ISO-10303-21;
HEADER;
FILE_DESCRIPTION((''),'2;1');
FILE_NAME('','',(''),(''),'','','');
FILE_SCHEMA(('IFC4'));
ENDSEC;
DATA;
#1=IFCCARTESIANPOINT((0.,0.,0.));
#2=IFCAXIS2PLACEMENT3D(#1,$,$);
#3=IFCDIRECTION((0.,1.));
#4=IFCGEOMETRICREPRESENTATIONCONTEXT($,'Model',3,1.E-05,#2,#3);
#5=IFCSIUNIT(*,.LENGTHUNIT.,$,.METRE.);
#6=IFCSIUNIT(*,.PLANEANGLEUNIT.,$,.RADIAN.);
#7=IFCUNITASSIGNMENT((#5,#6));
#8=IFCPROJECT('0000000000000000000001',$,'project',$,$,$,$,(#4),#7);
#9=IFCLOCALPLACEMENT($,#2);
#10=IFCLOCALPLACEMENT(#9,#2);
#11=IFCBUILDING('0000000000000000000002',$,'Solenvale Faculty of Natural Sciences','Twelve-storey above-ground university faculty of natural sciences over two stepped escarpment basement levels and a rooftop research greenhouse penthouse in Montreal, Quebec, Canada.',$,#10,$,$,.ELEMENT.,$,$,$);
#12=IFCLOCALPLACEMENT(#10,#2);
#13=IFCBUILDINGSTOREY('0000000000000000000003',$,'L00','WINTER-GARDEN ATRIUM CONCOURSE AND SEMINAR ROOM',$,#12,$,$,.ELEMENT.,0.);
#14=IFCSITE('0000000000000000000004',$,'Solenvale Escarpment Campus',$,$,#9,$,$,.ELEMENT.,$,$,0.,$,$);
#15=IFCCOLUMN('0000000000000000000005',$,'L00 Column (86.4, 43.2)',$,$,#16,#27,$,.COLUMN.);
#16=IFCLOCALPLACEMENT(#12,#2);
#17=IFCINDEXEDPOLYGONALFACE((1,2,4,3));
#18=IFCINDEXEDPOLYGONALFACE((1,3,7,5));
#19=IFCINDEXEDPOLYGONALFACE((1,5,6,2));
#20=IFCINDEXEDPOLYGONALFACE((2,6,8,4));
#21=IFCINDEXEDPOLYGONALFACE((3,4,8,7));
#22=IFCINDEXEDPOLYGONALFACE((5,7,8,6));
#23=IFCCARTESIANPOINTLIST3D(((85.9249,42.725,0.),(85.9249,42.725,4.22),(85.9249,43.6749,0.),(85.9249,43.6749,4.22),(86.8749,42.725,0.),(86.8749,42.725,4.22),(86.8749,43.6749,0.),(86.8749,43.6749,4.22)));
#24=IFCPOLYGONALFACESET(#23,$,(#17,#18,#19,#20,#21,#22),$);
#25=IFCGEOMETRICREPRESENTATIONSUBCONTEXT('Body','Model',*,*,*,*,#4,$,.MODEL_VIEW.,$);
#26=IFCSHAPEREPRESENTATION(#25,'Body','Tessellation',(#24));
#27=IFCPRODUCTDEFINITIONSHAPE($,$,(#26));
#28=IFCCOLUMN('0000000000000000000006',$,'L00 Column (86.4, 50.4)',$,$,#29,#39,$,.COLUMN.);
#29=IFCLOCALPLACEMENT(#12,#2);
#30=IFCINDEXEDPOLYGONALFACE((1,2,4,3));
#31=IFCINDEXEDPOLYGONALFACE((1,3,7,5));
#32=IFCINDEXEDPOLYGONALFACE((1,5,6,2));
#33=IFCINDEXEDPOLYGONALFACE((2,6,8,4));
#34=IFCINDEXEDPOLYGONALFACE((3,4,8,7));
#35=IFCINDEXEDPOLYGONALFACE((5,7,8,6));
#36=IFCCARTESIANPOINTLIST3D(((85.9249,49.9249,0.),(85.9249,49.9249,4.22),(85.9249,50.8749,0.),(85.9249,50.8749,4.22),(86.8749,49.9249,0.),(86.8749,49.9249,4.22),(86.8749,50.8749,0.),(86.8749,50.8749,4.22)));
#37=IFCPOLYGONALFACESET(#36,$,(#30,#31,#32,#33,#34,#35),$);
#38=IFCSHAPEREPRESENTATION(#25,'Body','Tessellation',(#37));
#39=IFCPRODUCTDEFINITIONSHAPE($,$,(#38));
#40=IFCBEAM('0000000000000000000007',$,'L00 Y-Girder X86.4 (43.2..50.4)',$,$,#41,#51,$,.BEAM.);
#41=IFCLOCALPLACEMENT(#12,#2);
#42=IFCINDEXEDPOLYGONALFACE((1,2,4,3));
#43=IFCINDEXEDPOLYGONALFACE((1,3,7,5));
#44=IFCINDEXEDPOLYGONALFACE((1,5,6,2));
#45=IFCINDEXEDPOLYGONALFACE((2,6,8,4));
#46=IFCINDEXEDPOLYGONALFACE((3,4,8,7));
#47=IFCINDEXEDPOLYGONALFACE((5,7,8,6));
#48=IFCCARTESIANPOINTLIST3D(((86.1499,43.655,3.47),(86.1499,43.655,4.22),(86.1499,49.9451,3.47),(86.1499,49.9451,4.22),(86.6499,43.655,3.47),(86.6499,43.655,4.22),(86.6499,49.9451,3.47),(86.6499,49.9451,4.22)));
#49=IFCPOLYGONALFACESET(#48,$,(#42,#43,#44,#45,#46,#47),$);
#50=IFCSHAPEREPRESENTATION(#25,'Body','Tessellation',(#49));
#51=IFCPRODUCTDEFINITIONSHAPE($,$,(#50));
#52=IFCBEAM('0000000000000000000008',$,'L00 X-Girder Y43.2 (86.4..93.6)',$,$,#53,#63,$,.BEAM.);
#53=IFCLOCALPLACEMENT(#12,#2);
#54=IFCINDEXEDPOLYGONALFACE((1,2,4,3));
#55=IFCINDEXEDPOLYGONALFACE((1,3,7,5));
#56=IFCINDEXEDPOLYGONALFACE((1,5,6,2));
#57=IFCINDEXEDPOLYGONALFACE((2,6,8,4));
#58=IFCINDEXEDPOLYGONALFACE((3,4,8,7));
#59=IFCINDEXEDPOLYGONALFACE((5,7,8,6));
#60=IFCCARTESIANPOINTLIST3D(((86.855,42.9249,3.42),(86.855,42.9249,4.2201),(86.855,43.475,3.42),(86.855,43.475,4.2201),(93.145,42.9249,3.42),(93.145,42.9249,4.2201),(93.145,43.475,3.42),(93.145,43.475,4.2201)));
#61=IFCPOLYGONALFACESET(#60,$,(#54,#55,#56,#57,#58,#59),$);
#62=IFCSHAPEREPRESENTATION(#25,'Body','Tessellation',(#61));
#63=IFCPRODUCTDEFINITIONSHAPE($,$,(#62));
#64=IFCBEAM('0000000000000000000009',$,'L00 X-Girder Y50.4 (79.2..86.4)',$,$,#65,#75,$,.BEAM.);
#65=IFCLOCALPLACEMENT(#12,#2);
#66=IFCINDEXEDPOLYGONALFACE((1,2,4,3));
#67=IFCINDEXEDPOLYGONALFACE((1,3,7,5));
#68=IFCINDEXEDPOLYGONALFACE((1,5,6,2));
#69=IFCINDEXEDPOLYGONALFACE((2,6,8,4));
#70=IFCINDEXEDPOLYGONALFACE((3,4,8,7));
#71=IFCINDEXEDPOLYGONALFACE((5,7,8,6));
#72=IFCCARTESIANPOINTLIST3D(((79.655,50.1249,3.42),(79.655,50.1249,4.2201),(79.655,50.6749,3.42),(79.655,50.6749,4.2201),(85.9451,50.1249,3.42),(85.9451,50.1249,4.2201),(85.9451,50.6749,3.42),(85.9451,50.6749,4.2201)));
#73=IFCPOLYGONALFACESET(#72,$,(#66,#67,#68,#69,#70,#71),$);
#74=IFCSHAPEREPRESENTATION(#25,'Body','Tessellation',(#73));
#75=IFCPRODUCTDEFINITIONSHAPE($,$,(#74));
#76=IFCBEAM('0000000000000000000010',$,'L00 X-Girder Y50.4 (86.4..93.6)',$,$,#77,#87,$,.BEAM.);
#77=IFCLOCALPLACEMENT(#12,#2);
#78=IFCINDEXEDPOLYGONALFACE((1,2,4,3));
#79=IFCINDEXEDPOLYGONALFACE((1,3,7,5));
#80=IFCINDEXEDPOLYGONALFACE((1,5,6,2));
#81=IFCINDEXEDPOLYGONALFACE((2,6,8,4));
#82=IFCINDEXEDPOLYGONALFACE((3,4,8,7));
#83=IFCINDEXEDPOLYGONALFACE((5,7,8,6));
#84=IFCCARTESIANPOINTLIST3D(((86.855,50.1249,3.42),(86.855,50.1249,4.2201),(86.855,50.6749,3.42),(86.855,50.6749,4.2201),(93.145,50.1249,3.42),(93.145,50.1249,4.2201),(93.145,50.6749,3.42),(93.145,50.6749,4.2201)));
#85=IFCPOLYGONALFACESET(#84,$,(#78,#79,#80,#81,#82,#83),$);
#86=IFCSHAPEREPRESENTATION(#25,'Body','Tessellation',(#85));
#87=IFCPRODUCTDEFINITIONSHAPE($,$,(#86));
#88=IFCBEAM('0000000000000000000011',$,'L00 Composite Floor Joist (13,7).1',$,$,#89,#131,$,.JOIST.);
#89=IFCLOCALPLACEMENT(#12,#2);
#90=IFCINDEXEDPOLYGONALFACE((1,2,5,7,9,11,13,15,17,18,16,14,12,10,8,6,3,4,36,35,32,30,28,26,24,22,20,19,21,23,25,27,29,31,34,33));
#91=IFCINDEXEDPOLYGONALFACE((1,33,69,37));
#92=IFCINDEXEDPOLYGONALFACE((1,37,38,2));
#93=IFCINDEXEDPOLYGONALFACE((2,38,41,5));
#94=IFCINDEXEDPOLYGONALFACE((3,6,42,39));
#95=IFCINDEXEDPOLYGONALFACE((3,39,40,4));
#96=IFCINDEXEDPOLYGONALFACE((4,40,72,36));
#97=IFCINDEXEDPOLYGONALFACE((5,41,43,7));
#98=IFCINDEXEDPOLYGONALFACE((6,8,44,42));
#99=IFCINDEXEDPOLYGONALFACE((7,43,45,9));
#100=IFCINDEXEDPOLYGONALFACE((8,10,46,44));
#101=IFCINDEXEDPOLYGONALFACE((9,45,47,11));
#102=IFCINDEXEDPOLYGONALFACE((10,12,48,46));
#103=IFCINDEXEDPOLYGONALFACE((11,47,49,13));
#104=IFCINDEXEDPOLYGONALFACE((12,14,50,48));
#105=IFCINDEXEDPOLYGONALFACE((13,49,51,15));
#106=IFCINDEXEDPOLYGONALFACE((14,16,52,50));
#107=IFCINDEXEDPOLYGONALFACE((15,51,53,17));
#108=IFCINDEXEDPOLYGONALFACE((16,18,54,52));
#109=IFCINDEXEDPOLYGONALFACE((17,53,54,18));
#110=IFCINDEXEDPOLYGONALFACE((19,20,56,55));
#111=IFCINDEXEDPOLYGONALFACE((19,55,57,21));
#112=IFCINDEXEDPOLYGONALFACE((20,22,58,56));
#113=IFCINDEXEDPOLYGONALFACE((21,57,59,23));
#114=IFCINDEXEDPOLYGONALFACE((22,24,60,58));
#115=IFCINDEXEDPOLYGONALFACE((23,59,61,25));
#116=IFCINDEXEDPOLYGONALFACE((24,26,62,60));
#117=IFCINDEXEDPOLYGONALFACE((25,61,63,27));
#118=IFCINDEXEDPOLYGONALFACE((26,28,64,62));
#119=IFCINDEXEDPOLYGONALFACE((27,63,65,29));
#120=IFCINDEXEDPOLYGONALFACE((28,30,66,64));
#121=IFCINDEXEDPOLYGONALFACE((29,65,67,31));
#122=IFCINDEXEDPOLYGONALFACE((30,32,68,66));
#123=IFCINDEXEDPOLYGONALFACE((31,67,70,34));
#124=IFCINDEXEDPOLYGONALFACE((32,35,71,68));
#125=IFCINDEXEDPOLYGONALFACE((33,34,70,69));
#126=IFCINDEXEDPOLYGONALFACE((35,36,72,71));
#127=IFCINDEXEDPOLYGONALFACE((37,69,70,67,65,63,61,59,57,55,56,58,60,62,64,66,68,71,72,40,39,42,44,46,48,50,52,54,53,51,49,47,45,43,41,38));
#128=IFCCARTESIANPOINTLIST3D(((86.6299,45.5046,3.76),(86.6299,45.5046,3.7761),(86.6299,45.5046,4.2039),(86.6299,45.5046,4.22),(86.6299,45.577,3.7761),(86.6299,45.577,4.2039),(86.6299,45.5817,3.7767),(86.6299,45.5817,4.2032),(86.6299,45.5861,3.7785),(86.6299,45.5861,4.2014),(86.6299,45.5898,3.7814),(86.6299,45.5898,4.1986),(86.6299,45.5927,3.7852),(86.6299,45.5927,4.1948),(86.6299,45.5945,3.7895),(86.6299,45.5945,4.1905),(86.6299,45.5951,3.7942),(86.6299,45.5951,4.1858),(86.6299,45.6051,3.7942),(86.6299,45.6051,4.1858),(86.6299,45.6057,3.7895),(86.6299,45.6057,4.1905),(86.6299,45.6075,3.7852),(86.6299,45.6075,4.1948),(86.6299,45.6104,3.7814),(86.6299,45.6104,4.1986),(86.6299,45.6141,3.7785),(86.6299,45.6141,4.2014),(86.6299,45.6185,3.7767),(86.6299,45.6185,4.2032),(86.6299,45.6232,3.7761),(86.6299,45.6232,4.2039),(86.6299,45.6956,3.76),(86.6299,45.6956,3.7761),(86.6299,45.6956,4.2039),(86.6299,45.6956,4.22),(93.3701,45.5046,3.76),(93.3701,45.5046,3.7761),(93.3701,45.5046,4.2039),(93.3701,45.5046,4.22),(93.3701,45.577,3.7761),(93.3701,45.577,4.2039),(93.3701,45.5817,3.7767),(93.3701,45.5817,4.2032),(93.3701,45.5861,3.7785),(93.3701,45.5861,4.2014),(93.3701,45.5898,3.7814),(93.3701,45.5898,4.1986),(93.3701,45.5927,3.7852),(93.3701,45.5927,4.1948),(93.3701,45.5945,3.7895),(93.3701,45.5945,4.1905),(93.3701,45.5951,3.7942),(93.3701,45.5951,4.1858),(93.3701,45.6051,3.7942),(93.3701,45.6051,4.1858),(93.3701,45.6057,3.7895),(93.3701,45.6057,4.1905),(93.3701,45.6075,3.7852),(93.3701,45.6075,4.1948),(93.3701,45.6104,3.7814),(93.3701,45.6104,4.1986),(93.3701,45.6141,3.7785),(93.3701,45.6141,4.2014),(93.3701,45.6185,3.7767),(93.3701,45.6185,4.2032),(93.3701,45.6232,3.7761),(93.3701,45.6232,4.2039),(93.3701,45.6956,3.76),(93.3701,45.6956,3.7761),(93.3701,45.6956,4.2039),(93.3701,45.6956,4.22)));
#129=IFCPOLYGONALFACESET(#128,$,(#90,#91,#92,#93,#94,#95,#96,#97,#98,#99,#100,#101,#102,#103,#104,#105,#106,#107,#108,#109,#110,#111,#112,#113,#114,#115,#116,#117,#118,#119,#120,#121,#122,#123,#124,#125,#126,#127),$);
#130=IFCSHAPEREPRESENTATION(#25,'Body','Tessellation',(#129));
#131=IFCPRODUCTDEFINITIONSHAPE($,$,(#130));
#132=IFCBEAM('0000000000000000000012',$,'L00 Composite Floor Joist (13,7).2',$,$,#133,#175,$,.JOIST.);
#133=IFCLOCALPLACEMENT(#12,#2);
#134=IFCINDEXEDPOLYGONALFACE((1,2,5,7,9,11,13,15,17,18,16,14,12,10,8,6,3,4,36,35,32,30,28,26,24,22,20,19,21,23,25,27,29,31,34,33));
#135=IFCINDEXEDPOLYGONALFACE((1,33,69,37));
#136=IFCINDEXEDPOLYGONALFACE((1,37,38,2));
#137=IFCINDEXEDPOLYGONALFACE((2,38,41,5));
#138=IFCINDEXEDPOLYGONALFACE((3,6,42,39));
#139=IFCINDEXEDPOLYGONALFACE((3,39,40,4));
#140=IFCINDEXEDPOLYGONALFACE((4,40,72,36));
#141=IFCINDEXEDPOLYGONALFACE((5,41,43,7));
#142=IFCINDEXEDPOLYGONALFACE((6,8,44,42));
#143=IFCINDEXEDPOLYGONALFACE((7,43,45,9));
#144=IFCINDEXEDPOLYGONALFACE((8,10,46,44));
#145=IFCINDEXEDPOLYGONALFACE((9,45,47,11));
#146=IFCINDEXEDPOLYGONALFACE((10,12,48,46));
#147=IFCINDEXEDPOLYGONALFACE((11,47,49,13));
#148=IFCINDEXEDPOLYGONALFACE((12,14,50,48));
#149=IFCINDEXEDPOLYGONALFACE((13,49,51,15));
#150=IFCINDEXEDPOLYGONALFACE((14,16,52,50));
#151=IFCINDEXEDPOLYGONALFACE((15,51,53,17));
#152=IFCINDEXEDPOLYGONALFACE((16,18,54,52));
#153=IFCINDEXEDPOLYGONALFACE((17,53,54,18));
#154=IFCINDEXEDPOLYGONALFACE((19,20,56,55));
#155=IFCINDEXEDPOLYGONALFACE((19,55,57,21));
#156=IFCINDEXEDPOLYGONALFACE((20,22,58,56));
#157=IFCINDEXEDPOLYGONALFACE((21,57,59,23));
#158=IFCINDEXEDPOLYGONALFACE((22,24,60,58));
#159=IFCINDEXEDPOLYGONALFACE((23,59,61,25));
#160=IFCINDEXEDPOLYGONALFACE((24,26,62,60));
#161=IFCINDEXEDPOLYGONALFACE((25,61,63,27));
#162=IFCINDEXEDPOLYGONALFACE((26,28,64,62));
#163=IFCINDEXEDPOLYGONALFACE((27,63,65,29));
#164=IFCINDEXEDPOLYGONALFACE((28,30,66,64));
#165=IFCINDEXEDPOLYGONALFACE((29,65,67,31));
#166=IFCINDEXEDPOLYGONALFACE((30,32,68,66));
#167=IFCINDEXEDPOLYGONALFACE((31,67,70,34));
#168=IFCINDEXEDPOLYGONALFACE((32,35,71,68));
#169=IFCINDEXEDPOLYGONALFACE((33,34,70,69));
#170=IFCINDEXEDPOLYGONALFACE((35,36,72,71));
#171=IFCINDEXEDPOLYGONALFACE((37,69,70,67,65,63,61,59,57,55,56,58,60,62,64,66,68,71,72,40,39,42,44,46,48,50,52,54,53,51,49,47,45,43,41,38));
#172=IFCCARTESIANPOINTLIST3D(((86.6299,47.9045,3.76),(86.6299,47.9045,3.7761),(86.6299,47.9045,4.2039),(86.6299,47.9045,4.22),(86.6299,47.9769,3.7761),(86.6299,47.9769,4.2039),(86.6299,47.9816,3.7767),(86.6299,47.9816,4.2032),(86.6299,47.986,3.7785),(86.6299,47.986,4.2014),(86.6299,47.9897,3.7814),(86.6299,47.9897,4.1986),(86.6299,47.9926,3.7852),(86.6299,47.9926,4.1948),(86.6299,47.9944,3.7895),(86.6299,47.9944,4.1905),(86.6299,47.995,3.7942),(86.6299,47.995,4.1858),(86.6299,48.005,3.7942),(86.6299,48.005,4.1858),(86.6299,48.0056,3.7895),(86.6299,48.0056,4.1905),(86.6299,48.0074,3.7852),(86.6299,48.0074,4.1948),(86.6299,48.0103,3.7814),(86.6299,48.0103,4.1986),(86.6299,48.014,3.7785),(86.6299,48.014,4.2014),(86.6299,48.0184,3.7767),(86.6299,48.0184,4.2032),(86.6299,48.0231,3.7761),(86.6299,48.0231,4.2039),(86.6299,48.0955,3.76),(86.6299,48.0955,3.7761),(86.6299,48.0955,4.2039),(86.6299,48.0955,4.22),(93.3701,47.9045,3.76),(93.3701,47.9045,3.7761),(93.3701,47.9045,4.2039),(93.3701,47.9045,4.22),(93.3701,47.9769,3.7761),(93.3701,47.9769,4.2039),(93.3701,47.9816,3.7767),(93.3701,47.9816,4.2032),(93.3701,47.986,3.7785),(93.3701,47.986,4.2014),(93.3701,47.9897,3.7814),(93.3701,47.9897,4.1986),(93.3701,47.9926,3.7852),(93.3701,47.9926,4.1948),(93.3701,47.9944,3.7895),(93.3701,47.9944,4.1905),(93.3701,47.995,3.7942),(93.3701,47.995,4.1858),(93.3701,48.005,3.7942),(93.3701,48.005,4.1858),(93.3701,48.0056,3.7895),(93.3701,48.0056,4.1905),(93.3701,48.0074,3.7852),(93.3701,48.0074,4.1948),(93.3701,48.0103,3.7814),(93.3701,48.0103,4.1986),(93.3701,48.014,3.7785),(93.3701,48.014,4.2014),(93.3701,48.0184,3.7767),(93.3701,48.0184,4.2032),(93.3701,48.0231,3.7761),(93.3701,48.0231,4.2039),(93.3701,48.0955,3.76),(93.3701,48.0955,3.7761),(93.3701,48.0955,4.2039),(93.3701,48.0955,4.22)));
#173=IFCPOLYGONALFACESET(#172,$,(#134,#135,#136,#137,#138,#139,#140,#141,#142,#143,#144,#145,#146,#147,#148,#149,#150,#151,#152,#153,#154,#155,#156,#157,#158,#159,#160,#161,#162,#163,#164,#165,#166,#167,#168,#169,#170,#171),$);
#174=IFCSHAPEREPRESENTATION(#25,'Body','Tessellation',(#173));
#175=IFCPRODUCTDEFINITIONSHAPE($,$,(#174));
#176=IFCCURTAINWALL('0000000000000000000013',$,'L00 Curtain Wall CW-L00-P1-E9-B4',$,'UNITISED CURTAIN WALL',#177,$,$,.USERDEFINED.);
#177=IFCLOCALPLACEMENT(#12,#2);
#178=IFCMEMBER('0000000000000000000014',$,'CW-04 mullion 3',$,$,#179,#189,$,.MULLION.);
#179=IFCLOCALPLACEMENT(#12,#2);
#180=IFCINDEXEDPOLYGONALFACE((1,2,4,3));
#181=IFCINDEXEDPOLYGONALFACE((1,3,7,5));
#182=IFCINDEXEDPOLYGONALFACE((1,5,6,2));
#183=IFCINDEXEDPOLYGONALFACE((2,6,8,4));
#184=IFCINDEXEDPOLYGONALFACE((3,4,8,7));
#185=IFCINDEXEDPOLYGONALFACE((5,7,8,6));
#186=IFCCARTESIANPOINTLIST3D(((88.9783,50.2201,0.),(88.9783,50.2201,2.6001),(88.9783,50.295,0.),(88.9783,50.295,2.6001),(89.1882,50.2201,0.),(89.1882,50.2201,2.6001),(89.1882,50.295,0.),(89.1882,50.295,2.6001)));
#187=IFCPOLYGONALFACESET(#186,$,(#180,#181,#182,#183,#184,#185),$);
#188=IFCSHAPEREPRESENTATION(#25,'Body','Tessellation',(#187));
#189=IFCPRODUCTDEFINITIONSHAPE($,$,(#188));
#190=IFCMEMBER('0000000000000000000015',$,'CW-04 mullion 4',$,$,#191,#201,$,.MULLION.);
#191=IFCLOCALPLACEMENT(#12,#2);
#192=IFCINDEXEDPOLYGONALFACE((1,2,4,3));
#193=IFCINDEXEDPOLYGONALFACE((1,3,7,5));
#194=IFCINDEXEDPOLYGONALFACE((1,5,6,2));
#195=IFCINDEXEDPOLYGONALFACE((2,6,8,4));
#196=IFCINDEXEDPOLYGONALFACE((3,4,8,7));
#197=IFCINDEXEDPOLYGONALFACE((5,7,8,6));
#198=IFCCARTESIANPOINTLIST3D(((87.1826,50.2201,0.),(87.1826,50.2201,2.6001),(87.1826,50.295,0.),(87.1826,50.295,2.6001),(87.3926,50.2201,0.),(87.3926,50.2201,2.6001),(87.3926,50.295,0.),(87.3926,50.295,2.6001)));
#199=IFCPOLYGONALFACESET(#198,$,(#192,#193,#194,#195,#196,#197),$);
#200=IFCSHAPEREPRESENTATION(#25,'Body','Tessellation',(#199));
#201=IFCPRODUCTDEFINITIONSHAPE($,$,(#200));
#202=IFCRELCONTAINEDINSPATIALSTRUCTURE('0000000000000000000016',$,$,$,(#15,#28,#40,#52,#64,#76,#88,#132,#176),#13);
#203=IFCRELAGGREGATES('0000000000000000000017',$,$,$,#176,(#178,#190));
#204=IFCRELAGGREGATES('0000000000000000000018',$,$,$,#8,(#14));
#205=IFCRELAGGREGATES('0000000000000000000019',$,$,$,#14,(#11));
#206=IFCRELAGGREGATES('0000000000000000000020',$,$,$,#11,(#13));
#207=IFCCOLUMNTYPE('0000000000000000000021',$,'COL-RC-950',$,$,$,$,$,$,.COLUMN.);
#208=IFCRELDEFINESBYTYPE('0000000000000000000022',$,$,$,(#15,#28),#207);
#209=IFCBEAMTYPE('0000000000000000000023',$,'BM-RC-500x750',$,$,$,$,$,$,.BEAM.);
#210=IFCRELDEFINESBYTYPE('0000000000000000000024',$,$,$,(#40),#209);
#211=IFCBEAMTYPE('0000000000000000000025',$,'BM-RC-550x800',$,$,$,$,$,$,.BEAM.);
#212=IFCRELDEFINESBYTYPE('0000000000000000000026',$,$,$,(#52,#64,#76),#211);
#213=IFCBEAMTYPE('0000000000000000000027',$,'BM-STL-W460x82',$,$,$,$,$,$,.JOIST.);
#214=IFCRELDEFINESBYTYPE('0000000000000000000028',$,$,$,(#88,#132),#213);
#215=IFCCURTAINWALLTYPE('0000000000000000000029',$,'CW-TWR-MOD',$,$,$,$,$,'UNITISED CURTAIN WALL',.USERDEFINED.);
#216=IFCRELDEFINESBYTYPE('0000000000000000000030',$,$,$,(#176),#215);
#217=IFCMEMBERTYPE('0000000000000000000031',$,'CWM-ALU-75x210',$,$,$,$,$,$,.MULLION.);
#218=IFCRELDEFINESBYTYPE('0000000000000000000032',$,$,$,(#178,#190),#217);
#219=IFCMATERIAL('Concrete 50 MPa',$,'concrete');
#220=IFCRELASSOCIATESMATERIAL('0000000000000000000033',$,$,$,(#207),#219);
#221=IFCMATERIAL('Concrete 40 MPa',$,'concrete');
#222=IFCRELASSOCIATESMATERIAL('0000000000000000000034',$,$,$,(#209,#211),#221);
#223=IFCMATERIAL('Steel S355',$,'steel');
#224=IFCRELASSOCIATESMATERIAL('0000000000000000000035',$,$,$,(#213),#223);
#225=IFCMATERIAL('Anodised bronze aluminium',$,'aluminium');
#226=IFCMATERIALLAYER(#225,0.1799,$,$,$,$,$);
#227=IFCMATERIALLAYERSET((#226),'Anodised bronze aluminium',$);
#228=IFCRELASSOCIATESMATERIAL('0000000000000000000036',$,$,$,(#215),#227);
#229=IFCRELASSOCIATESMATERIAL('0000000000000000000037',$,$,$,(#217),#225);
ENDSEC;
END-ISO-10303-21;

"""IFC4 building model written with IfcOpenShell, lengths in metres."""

from ifc_helpers import new_model, si_unit, direction, frame, origin, origin_2d, place, context, subcontext, project, spatial, rectangle, i_section, extrude, material, layer, layer_set, material_profile, profile_set, type_object, element, aggregate, save


model = new_model("IFC4")

# Units and contexts
model_context = context("Model", 3, precision=1e-05, world=origin(), true_north=direction((0.0, 1.0)))
body_context = subcontext(model_context, "Body", "Model", "MODEL_VIEW")
ifc_project = project(units=[si_unit("LENGTHUNIT", "METRE"), si_unit("PLANEANGLEUNIT", "RADIAN")], contexts=[model_context])

# Site, building, storey
site_placement = place(None, origin())
site = spatial("IfcSite", under=ifc_project, at=site_placement, Name="Solenvale Escarpment Campus", CompositionType="ELEMENT", RefElevation=0.0)
building_placement = place(site_placement, origin())
building = spatial("IfcBuilding", under=site, at=building_placement, Name="Solenvale Faculty of Natural Sciences", Description="Twelve-storey above-ground university faculty of natural sciences over two stepped escarpment basement levels and a rooftop research greenhouse penthouse in Montreal, Quebec, Canada.", CompositionType="ELEMENT")
storey_placement = place(building_placement, origin())
storey = spatial("IfcBuildingStorey", under=building, at=storey_placement, Name="L00", Description="WINTER-GARDEN ATRIUM CONCOURSE AND SEMINAR ROOM", CompositionType="ELEMENT", Elevation=0.0)

# Columns
ifc_material_1 = material(Name="Concrete 50 MPa", Category="concrete")
ifc_material_profile_1 = material_profile(ifc_material_1, rectangle(XDim=0.95, YDim=0.95, at=origin_2d()), Name="RC-COL-950x950")
ifc_profile_set_1 = profile_set([ifc_material_profile_1], Name="Concrete 50 MPa")
column_type = type_object("IfcColumnType", Name="COL-RC-950", PredefinedType="COLUMN", material=ifc_profile_set_1)
for number, where, z_axis, x_axis, name in (
    (1, (86.3999, 43.2, 0.0), (0.0, 0.0, 1.0), (1.0, 0.0, 0.0), "L00 Column (86.4, 43.2)"),
    (2, (86.3999, 50.3999, 0.0), (0.0, 0.0, 1.0), (1.0, 0.0, 0.0), "L00 Column (86.4, 50.4)"),
):
    element("IfcColumn", number, at=place(storey_placement, frame(where, z_axis=z_axis, x_axis=x_axis)), inside=storey, type_object=column_type, Name=name, PredefinedType="COLUMN", context=body_context, shape_type="SweptSolid", body=[
        extrude(rectangle(XDim=0.95, YDim=0.95, at=origin_2d()), origin(), (0.0, 0.0, 1.0), 4.22),
    ])

# Beams
ifc_material_2 = material(Name="Concrete 40 MPa", Category="concrete")
ifc_material_profile_2 = material_profile(ifc_material_2, rectangle(XDim=0.5, YDim=0.75, at=origin_2d()), Name="RC-BM-500x750")
ifc_profile_set_2 = profile_set([ifc_material_profile_2], Name="Concrete 40 MPa")
beam_type_1 = type_object("IfcBeamType", Name="BM-RC-500x750", PredefinedType="BEAM", material=ifc_profile_set_2)
beam_placement = place(storey_placement, frame((86.3999, 43.655, 3.845), z_axis=(0.0, 1.0, 0.0), x_axis=(-1.0, 0.0, 0.0)))
element("IfcBeam", 3, at=beam_placement, inside=storey, type_object=beam_type_1, Name="L00 Y-Girder X86.4 (43.2..50.4)", PredefinedType="BEAM", context=body_context, shape_type="SweptSolid", body=[
    extrude(rectangle(XDim=0.5, YDim=0.75, at=origin_2d()), origin(), (0.0, 0.0, 1.0), 6.29),
])
ifc_material_profile_3 = material_profile(ifc_material_2, rectangle(XDim=0.55, YDim=0.8, at=origin_2d()), Name="RC-BM-550x800")
ifc_profile_set_3 = profile_set([ifc_material_profile_3], Name="Concrete 40 MPa")
beam_type_2 = type_object("IfcBeamType", Name="BM-RC-550x800", PredefinedType="BEAM", material=ifc_profile_set_3)
for number, where, z_axis, x_axis, name in (
    (4, (86.855, 43.2, 3.8201), (1.0, 0.0, 0.0), (0.0, 1.0, 0.0), "L00 X-Girder Y43.2 (86.4..93.6)"),
    (5, (79.655, 50.3999, 3.8201), (1.0, 0.0, 0.0), (0.0, 1.0, 0.0), "L00 X-Girder Y50.4 (79.2..86.4)"),
    (6, (86.855, 50.3999, 3.8201), (1.0, 0.0, 0.0), (0.0, 1.0, 0.0), "L00 X-Girder Y50.4 (86.4..93.6)"),
):
    element("IfcBeam", number, at=place(storey_placement, frame(where, z_axis=z_axis, x_axis=x_axis)), inside=storey, type_object=beam_type_2, Name=name, PredefinedType="BEAM", context=body_context, shape_type="SweptSolid", body=[
        extrude(rectangle(XDim=0.55, YDim=0.8, at=origin_2d()), origin(), (0.0, 0.0, 1.0), 6.29),
    ])
ifc_material_3 = material(Name="Steel S355", Category="steel")
ifc_material_profile_4 = material_profile(ifc_material_3, i_section(OverallWidth=0.1909, OverallDepth=0.46, WebThickness=0.01, FlangeThickness=0.0161, FilletRadius=0.0181, at=origin_2d()), Name="W460x82")
ifc_profile_set_4 = profile_set([ifc_material_profile_4], Name="Steel S355")
beam_type_3 = type_object("IfcBeamType", Name="BM-STL-W460x82", PredefinedType="JOIST", material=ifc_profile_set_4)
for number, where, z_axis, x_axis, name in (
    (7, (86.6299, 45.6001, 3.99), (1.0, 0.0, 0.0), (0.0, 1.0, 0.0), "L00 Composite Floor Joist (13,7).1"),
    (8, (86.6299, 48.0, 3.99), (1.0, 0.0, 0.0), (0.0, 1.0, 0.0), "L00 Composite Floor Joist (13,7).2"),
):
    element("IfcBeam", number, at=place(storey_placement, frame(where, z_axis=z_axis, x_axis=x_axis)), inside=storey, type_object=beam_type_3, Name=name, PredefinedType="JOIST", context=body_context, shape_type="SweptSolid", body=[
        extrude(i_section(OverallWidth=0.1909, OverallDepth=0.46, WebThickness=0.01, FlangeThickness=0.0161, FilletRadius=0.0181, at=origin_2d()), origin(), (0.0, 0.0, 1.0), 6.7402),
    ])

# Curtain wall, members
ifc_material_4 = material(Name="Anodised bronze aluminium", Category="aluminium")
ifc_layer_1 = layer(ifc_material_4, 0.1799)
ifc_layer_set_1 = layer_set([ifc_layer_1], Name="Anodised bronze aluminium")
curtain_wall_type = type_object("IfcCurtainWallType", Name="CW-TWR-MOD", ElementType="UNITISED CURTAIN WALL", PredefinedType="USERDEFINED", material=ifc_layer_set_1)
curtain_wall_1_placement = place(storey_placement, origin())
curtain_wall_1 = element("IfcCurtainWall", 9, at=curtain_wall_1_placement, inside=storey, type_object=curtain_wall_type, Name="L00 Curtain Wall CW-L00-P1-E9-B4", ObjectType="UNITISED CURTAIN WALL", PredefinedType="USERDEFINED")
ifc_material_profile_5 = material_profile(ifc_material_4, rectangle(XDim=0.075, YDim=0.21, at=origin_2d()), Name="ALU-MUL-75x210")
ifc_profile_set_5 = profile_set([ifc_material_profile_5], Name="Anodised bronze aluminium")
member_type_1 = type_object("IfcMemberType", Name="CWM-ALU-75x210", PredefinedType="MULLION", material=ifc_profile_set_5)
member_1_placement = place(storey_placement, frame((89.0833, 50.2576, 0.0), z_axis=(0.0, 0.0, 1.0), x_axis=(0.0, -1.0, 0.0)))
member_1 = element("IfcMember", 10, at=member_1_placement, type_object=member_type_1, Name="CW-04 mullion 3", PredefinedType="MULLION", context=body_context, shape_type="SweptSolid", body=[
    extrude(rectangle(XDim=0.075, YDim=0.21, at=origin_2d()), origin(), (0.0, 0.0, 1.0), 2.6001),
])
member_2_placement = place(storey_placement, frame((87.2876, 50.2576, 0.0), z_axis=(0.0, 0.0, 1.0), x_axis=(0.0, -1.0, 0.0)))
member_2 = element("IfcMember", 11, at=member_2_placement, type_object=member_type_1, Name="CW-04 mullion 4", PredefinedType="MULLION", context=body_context, shape_type="SweptSolid", body=[
    extrude(rectangle(XDim=0.075, YDim=0.21, at=origin_2d()), origin(), (0.0, 0.0, 1.0), 2.6001),
])

aggregate(curtain_wall_1, [member_1, member_2])

save(model, "model.ifc")
